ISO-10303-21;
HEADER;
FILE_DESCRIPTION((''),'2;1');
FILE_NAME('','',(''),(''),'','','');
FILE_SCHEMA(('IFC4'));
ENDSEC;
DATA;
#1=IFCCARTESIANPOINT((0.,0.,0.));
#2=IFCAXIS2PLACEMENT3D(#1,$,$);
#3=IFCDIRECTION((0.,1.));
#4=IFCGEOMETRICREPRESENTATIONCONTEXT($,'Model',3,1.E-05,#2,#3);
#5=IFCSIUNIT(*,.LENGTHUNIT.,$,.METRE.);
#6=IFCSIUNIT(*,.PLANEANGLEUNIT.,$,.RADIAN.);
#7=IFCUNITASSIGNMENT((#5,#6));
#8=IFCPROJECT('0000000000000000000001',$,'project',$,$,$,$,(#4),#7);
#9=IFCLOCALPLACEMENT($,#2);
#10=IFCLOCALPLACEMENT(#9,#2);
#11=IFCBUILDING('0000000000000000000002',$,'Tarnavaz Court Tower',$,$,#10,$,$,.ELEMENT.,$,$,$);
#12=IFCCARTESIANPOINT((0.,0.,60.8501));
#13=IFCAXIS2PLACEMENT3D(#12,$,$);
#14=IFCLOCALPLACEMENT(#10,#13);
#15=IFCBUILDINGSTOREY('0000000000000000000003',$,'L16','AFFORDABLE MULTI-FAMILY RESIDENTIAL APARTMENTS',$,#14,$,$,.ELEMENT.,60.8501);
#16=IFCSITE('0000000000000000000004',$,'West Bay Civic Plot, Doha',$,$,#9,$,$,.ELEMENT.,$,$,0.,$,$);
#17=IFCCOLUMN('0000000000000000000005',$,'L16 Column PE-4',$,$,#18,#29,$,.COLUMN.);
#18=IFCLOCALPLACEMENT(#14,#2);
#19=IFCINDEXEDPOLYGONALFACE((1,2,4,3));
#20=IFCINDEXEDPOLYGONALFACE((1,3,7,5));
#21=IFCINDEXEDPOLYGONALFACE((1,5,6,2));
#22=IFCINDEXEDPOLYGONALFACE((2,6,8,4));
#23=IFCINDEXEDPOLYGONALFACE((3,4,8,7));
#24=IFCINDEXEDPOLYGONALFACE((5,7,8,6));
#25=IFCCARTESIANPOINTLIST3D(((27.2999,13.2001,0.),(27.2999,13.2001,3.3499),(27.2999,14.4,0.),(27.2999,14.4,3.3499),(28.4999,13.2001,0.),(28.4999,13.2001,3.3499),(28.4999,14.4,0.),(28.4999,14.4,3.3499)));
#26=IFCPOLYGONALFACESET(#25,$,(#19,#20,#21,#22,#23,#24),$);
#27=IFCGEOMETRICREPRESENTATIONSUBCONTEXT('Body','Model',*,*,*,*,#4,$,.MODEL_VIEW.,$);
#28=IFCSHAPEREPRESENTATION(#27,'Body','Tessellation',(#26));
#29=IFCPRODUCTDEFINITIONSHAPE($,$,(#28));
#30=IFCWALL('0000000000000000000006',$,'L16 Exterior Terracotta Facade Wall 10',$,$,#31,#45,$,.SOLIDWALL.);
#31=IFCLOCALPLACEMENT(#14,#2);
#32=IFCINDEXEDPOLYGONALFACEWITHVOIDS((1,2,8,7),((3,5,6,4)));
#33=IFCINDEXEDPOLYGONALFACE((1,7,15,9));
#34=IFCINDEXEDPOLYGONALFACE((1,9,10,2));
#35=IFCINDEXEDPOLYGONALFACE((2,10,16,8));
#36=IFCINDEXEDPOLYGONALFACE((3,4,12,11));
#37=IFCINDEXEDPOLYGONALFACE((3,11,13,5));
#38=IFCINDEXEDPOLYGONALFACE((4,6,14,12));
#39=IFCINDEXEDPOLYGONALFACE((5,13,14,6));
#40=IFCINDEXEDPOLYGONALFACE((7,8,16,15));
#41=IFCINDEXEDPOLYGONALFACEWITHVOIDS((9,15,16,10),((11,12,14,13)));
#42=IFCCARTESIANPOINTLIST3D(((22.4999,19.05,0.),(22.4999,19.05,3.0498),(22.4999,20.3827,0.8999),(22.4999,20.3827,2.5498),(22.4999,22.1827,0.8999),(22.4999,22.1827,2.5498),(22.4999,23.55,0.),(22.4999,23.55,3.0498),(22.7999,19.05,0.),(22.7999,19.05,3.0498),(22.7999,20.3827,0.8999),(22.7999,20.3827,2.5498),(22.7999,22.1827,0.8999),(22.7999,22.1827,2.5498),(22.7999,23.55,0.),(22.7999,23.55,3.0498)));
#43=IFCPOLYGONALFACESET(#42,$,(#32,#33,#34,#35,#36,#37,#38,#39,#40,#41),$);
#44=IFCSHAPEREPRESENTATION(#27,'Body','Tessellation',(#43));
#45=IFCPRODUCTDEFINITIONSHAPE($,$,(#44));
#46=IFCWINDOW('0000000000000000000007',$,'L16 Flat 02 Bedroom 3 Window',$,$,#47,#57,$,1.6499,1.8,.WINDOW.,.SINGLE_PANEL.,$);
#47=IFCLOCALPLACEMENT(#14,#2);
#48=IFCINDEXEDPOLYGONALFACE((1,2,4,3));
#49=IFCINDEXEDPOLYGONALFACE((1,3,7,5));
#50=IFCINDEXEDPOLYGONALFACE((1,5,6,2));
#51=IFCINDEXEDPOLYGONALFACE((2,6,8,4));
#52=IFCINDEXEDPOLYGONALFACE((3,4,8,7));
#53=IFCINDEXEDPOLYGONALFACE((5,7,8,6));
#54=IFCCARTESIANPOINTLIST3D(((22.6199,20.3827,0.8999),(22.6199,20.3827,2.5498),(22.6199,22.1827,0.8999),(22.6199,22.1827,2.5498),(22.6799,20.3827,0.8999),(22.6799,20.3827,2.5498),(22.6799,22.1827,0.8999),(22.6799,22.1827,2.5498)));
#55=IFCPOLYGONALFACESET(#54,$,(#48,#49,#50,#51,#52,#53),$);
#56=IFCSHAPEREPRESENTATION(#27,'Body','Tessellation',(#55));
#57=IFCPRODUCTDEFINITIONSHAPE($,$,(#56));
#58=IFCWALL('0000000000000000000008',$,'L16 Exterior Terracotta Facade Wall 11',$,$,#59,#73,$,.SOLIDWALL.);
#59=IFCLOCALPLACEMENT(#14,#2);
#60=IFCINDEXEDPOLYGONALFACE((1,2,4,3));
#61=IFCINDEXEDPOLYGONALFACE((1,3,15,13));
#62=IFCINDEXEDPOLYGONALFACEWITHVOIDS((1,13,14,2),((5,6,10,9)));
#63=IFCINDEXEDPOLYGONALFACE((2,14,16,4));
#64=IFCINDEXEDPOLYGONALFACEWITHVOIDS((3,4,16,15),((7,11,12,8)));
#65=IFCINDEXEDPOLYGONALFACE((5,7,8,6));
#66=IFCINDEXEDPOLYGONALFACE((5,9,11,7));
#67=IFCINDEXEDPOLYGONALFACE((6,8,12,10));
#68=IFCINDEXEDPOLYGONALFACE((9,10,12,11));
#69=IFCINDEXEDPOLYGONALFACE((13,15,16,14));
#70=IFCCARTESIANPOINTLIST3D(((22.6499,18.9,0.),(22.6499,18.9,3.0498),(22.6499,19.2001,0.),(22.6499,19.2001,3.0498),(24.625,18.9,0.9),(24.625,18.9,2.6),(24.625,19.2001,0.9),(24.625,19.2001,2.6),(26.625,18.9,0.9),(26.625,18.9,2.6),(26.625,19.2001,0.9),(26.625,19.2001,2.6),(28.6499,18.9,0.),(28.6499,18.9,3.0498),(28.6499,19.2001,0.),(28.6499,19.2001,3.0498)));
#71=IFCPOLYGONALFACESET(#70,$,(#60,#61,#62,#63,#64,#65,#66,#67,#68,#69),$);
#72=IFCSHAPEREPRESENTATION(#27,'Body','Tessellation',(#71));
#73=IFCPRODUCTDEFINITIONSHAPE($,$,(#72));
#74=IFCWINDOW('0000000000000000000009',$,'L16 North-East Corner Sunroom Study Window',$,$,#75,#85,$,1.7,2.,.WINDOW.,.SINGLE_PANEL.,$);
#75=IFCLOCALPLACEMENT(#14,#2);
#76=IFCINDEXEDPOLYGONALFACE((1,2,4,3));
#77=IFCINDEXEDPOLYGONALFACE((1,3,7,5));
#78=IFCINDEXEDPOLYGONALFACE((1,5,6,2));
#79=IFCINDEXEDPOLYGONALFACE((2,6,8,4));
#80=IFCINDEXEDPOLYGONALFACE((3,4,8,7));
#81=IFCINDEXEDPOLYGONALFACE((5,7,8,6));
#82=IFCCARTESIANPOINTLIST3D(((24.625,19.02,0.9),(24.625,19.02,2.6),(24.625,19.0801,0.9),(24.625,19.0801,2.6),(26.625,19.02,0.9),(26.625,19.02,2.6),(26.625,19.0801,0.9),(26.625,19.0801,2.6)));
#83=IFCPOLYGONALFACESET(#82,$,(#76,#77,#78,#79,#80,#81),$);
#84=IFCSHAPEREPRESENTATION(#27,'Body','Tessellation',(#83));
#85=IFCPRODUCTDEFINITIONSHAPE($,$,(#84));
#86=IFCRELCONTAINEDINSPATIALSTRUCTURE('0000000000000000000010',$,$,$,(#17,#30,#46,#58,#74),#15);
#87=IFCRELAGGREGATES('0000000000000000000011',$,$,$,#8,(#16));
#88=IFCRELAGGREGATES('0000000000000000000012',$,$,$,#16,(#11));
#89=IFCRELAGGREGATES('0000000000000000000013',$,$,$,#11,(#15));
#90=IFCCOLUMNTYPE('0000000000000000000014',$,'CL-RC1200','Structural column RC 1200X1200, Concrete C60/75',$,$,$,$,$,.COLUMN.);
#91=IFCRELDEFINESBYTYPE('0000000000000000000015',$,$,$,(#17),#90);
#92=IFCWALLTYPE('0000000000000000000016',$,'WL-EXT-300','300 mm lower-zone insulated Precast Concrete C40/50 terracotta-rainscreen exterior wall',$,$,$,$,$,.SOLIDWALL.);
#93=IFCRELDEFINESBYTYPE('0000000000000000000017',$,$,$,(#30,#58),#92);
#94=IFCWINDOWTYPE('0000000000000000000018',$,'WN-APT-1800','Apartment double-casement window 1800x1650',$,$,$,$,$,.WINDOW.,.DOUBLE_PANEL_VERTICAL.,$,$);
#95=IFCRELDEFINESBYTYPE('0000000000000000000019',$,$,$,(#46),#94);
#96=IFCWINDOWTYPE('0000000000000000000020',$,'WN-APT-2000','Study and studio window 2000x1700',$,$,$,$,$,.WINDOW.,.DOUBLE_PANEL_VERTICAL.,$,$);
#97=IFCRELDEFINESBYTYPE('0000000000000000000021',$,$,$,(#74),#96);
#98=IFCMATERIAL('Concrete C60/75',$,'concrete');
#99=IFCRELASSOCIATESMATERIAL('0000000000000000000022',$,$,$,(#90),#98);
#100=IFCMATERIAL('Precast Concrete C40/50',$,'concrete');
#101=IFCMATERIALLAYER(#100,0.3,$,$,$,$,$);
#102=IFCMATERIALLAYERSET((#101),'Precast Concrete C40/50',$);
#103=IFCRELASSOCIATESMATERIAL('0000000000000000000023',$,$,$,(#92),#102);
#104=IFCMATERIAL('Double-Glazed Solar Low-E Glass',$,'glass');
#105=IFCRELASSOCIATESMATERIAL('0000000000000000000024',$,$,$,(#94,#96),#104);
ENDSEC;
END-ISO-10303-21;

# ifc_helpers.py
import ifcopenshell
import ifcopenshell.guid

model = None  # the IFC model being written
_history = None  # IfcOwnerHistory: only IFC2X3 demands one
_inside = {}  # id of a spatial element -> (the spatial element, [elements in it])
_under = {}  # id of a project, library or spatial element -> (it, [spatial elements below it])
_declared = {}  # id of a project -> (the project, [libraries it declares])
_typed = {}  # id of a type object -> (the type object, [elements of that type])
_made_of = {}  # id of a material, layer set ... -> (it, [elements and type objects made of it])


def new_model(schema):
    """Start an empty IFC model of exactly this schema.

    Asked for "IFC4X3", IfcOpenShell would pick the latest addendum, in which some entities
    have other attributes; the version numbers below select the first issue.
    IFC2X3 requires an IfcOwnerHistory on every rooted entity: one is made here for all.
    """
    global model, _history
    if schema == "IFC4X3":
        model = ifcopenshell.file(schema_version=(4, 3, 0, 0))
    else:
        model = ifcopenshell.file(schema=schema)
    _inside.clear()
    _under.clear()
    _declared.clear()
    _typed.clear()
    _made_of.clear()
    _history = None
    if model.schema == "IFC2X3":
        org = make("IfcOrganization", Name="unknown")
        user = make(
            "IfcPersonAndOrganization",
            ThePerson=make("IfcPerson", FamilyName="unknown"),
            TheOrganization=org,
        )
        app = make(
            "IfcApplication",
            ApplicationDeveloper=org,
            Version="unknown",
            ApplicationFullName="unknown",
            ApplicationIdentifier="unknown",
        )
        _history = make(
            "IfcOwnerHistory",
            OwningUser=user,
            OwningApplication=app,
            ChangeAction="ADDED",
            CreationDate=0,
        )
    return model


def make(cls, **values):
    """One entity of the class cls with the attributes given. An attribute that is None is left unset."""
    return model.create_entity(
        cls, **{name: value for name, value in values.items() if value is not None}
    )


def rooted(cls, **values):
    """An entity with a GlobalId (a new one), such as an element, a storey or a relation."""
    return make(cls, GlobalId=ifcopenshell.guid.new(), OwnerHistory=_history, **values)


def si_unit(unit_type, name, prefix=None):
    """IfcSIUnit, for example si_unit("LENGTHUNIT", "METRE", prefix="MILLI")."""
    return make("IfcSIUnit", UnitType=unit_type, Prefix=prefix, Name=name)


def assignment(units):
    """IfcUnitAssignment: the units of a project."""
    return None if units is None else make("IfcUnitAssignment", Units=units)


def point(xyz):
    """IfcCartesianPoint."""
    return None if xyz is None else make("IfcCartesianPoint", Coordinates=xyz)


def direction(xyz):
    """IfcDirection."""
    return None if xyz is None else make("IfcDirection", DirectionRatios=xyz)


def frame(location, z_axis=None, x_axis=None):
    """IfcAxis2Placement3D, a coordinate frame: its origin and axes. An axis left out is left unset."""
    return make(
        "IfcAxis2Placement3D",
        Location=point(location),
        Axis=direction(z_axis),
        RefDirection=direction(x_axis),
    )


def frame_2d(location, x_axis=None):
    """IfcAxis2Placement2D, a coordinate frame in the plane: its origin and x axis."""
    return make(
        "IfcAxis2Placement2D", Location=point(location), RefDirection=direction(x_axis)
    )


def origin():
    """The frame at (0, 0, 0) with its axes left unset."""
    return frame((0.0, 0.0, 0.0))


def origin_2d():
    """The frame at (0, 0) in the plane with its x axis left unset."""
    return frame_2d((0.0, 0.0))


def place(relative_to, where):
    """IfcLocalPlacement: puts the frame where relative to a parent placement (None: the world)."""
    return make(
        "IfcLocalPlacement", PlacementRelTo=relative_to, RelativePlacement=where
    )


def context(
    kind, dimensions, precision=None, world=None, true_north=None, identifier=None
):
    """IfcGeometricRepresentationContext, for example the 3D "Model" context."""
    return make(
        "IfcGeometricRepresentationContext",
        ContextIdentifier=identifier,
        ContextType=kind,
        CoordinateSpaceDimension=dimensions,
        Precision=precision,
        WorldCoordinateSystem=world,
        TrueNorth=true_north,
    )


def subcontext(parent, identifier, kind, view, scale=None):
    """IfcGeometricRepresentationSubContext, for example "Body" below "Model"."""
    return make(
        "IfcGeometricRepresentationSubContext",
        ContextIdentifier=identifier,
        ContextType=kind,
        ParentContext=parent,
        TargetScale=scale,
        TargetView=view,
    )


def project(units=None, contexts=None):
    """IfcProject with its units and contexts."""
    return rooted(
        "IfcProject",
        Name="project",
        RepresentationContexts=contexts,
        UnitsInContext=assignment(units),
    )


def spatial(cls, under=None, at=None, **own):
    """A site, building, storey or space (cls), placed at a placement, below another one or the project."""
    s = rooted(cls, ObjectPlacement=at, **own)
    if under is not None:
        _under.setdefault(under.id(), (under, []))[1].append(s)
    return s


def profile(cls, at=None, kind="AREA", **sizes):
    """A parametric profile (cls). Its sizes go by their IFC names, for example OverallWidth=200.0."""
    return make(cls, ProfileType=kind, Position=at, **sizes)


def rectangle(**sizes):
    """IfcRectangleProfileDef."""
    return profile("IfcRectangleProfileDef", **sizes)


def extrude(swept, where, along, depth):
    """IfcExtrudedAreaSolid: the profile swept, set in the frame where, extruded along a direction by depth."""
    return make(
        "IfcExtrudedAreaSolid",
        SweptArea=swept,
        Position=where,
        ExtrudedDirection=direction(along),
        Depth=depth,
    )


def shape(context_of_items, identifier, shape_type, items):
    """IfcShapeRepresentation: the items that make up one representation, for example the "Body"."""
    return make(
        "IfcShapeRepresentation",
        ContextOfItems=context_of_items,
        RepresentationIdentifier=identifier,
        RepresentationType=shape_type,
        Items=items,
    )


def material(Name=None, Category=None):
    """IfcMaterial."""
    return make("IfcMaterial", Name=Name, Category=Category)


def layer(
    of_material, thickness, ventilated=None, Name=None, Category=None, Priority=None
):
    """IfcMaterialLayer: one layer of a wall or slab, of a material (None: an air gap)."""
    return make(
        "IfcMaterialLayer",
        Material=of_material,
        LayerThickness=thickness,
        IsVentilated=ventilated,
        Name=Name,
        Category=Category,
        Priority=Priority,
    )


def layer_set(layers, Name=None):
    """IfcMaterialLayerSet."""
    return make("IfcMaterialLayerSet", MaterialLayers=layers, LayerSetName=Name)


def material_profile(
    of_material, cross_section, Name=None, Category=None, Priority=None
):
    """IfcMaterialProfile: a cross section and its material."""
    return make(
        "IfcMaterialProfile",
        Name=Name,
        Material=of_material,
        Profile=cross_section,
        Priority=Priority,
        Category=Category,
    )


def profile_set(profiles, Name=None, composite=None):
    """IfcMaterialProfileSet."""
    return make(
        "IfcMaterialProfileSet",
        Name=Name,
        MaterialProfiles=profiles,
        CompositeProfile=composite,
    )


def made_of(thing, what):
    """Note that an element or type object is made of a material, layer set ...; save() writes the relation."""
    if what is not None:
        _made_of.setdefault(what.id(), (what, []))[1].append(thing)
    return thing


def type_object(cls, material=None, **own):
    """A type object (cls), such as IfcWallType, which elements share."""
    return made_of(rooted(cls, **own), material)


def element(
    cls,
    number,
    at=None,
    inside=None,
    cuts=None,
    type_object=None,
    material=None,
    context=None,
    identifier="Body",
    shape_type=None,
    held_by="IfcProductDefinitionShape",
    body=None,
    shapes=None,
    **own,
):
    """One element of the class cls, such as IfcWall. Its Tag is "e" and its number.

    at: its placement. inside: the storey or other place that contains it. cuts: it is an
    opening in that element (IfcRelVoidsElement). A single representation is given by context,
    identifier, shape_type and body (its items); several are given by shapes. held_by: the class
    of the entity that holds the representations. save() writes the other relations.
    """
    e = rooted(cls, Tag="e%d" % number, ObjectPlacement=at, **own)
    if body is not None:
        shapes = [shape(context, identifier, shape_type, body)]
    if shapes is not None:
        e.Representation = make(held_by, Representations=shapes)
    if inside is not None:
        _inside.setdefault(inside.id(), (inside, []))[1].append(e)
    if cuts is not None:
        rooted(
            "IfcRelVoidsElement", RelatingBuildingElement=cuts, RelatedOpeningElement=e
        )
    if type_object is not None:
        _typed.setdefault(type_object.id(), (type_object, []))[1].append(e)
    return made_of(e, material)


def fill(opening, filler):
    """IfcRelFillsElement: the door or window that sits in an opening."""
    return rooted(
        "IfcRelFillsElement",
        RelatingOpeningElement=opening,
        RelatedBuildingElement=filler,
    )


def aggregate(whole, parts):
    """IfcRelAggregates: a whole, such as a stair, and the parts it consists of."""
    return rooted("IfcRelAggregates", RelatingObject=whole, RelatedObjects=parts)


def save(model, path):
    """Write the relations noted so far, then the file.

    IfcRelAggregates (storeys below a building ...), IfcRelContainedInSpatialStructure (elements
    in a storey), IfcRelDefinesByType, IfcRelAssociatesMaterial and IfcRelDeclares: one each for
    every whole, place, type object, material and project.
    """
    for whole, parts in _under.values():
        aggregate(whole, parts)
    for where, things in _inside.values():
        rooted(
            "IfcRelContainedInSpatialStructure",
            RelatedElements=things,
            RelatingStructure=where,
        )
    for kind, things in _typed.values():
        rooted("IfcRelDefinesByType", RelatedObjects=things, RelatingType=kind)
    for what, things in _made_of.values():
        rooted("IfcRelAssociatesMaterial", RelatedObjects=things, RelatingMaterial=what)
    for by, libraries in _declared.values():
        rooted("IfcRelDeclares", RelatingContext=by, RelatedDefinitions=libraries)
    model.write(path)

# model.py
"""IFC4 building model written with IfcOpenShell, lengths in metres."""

from ifc_helpers import new_model, si_unit, direction, frame, frame_2d, origin, origin_2d, place, context, subcontext, project, spatial, rectangle, extrude, material, layer, layer_set, material_profile, profile_set, type_object, element, fill, save


model = new_model("IFC4")

# Units and contexts
model_context = context("Model", 3, precision=1e-05, world=origin(), true_north=direction((0.0, 1.0)))
body_context = subcontext(model_context, "Body", "Model", "MODEL_VIEW")
ifc_project = project(units=[si_unit("LENGTHUNIT", "METRE"), si_unit("PLANEANGLEUNIT", "RADIAN")], contexts=[model_context])

# Site, building, storey
site_placement = place(None, origin())
site = spatial("IfcSite", under=ifc_project, at=site_placement, Name="West Bay Civic Plot, Doha", CompositionType="ELEMENT", RefElevation=0.0)
building_placement = place(site_placement, origin())
building = spatial("IfcBuilding", under=site, at=building_placement, Name="Tarnavaz Court Tower", CompositionType="ELEMENT")
storey_placement = place(building_placement, frame((0.0, 0.0, 60.8501)))
storey = spatial("IfcBuildingStorey", under=building, at=storey_placement, Name="L16", Description="AFFORDABLE MULTI-FAMILY RESIDENTIAL APARTMENTS", CompositionType="ELEMENT", Elevation=60.8501)

# Column
ifc_material_1 = material(Name="Concrete C60/75", Category="concrete")
ifc_material_profile_1 = material_profile(ifc_material_1, rectangle(XDim=1.2, YDim=1.2, at=origin_2d()), Name="RC 1200X1200")
ifc_profile_set_1 = profile_set([ifc_material_profile_1], Name="Concrete C60/75")
column_type = type_object("IfcColumnType", Name="CL-RC1200", Description="Structural column RC 1200X1200, Concrete C60/75", PredefinedType="COLUMN", material=ifc_profile_set_1)
column_placement = place(storey_placement, frame((27.8999, 13.8, 0.0), z_axis=(0.0, 0.0, 1.0), x_axis=(1.0, 0.0, 0.0)))
element("IfcColumn", 1, at=column_placement, inside=storey, type_object=column_type, Name="L16 Column PE-4", PredefinedType="COLUMN", context=body_context, shape_type="SweptSolid", body=[
    extrude(rectangle(XDim=1.2, YDim=1.2, at=origin_2d()), origin(), (0.0, 0.0, 1.0), 3.3499),
])

# Walls, openings, windows
ifc_material_2 = material(Name="Precast Concrete C40/50", Category="concrete")
ifc_layer_1 = layer(ifc_material_2, 0.3)
ifc_layer_set_1 = layer_set([ifc_layer_1], Name="Precast Concrete C40/50")
wall_type_1 = type_object("IfcWallType", Name="WL-EXT-300", Description="300 mm lower-zone insulated Precast Concrete C40/50 terracotta-rainscreen exterior wall", PredefinedType="SOLIDWALL", material=ifc_layer_set_1)
wall_1_placement = place(storey_placement, frame((22.6499, 23.55, 0.0), z_axis=(0.0, 0.0, 1.0), x_axis=(0.0, -1.0, 0.0)))
wall_1 = element("IfcWall", 2, at=wall_1_placement, inside=storey, type_object=wall_type_1, Name="L16 Exterior Terracotta Facade Wall 10", PredefinedType="SOLIDWALL", context=body_context, shape_type="SweptSolid", body=[
    extrude(rectangle(XDim=4.5, YDim=0.3, at=frame_2d((2.25, 0.0))), origin(), (0.0, 0.0, 1.0), 3.0498),
])
opening_1_placement = place(wall_1_placement, frame((1.3674, 0.0, 0.8999)))
opening_1 = element("IfcOpeningElement", 3, at=opening_1_placement, cuts=wall_1, PredefinedType="OPENING", context=body_context, shape_type="SweptSolid", body=[
    extrude(rectangle(XDim=1.8, YDim=1.6499, at=frame_2d((0.8999, 0.825))), frame((0.0, 0.1599, 0.0), z_axis=(0.0, -1.0, 0.0), x_axis=(1.0, 0.0, 0.0)), (0.0, 0.0, 1.0), 0.3201),
])
ifc_material_3 = material(Name="Double-Glazed Solar Low-E Glass", Category="glass")
window_type_1 = type_object("IfcWindowType", Name="WN-APT-1800", Description="Apartment double-casement window 1800x1650", PartitioningType="DOUBLE_PANEL_VERTICAL", PredefinedType="WINDOW", material=ifc_material_3)
window_1_placement = place(opening_1_placement, origin())
window_1 = element("IfcWindow", 4, at=window_1_placement, inside=storey, type_object=window_type_1, Name="L16 Flat 02 Bedroom 3 Window", OverallHeight=1.6499, OverallWidth=1.8, PartitioningType="SINGLE_PANEL", PredefinedType="WINDOW", context=body_context, shape_type="SweptSolid", body=[
    extrude(rectangle(XDim=1.8, YDim=1.6499, at=frame_2d((0.8999, 0.825))), frame((0.0, 0.03, 0.0), z_axis=(0.0, -1.0, 0.0), x_axis=(1.0, 0.0, 0.0)), (0.0, 0.0, 1.0), 0.0601),
])
fill(opening_1, window_1)
wall_2_placement = place(storey_placement, frame((22.6499, 19.05, 0.0), z_axis=(0.0, 0.0, 1.0), x_axis=(1.0, 0.0, 0.0)))
wall_2 = element("IfcWall", 5, at=wall_2_placement, inside=storey, type_object=wall_type_1, Name="L16 Exterior Terracotta Facade Wall 11", PredefinedType="SOLIDWALL", context=body_context, shape_type="SweptSolid", body=[
    extrude(rectangle(XDim=6.0, YDim=0.3, at=frame_2d((3.0, 0.0))), origin(), (0.0, 0.0, 1.0), 3.0498),
])
opening_2_placement = place(wall_2_placement, frame((1.9751, 0.0, 0.8999)))
opening_2 = element("IfcOpeningElement", 6, at=opening_2_placement, cuts=wall_2, PredefinedType="OPENING", context=body_context, shape_type="SweptSolid", body=[
    extrude(rectangle(XDim=2.0, YDim=1.7, at=frame_2d((1.0, 0.8501))), frame((0.0, 0.1599, 0.0), z_axis=(0.0, -1.0, 0.0), x_axis=(1.0, 0.0, 0.0)), (0.0, 0.0, 1.0), 0.3201),
])
window_type_2 = type_object("IfcWindowType", Name="WN-APT-2000", Description="Study and studio window 2000x1700", PartitioningType="DOUBLE_PANEL_VERTICAL", PredefinedType="WINDOW", material=ifc_material_3)
window_2_placement = place(opening_2_placement, origin())
window_2 = element("IfcWindow", 7, at=window_2_placement, inside=storey, type_object=window_type_2, Name="L16 North-East Corner Sunroom Study Window", OverallHeight=1.7, OverallWidth=2.0, PartitioningType="SINGLE_PANEL", PredefinedType="WINDOW", context=body_context, shape_type="SweptSolid", body=[
    extrude(rectangle(XDim=2.0, YDim=1.7, at=frame_2d((1.0, 0.8501))), frame((0.0, 0.03, 0.0), z_axis=(0.0, -1.0, 0.0), x_axis=(1.0, 0.0, 0.0)), (0.0, 0.0, 1.0), 0.0601),
])
fill(opening_2, window_2)

save(model, "model.ifc")
